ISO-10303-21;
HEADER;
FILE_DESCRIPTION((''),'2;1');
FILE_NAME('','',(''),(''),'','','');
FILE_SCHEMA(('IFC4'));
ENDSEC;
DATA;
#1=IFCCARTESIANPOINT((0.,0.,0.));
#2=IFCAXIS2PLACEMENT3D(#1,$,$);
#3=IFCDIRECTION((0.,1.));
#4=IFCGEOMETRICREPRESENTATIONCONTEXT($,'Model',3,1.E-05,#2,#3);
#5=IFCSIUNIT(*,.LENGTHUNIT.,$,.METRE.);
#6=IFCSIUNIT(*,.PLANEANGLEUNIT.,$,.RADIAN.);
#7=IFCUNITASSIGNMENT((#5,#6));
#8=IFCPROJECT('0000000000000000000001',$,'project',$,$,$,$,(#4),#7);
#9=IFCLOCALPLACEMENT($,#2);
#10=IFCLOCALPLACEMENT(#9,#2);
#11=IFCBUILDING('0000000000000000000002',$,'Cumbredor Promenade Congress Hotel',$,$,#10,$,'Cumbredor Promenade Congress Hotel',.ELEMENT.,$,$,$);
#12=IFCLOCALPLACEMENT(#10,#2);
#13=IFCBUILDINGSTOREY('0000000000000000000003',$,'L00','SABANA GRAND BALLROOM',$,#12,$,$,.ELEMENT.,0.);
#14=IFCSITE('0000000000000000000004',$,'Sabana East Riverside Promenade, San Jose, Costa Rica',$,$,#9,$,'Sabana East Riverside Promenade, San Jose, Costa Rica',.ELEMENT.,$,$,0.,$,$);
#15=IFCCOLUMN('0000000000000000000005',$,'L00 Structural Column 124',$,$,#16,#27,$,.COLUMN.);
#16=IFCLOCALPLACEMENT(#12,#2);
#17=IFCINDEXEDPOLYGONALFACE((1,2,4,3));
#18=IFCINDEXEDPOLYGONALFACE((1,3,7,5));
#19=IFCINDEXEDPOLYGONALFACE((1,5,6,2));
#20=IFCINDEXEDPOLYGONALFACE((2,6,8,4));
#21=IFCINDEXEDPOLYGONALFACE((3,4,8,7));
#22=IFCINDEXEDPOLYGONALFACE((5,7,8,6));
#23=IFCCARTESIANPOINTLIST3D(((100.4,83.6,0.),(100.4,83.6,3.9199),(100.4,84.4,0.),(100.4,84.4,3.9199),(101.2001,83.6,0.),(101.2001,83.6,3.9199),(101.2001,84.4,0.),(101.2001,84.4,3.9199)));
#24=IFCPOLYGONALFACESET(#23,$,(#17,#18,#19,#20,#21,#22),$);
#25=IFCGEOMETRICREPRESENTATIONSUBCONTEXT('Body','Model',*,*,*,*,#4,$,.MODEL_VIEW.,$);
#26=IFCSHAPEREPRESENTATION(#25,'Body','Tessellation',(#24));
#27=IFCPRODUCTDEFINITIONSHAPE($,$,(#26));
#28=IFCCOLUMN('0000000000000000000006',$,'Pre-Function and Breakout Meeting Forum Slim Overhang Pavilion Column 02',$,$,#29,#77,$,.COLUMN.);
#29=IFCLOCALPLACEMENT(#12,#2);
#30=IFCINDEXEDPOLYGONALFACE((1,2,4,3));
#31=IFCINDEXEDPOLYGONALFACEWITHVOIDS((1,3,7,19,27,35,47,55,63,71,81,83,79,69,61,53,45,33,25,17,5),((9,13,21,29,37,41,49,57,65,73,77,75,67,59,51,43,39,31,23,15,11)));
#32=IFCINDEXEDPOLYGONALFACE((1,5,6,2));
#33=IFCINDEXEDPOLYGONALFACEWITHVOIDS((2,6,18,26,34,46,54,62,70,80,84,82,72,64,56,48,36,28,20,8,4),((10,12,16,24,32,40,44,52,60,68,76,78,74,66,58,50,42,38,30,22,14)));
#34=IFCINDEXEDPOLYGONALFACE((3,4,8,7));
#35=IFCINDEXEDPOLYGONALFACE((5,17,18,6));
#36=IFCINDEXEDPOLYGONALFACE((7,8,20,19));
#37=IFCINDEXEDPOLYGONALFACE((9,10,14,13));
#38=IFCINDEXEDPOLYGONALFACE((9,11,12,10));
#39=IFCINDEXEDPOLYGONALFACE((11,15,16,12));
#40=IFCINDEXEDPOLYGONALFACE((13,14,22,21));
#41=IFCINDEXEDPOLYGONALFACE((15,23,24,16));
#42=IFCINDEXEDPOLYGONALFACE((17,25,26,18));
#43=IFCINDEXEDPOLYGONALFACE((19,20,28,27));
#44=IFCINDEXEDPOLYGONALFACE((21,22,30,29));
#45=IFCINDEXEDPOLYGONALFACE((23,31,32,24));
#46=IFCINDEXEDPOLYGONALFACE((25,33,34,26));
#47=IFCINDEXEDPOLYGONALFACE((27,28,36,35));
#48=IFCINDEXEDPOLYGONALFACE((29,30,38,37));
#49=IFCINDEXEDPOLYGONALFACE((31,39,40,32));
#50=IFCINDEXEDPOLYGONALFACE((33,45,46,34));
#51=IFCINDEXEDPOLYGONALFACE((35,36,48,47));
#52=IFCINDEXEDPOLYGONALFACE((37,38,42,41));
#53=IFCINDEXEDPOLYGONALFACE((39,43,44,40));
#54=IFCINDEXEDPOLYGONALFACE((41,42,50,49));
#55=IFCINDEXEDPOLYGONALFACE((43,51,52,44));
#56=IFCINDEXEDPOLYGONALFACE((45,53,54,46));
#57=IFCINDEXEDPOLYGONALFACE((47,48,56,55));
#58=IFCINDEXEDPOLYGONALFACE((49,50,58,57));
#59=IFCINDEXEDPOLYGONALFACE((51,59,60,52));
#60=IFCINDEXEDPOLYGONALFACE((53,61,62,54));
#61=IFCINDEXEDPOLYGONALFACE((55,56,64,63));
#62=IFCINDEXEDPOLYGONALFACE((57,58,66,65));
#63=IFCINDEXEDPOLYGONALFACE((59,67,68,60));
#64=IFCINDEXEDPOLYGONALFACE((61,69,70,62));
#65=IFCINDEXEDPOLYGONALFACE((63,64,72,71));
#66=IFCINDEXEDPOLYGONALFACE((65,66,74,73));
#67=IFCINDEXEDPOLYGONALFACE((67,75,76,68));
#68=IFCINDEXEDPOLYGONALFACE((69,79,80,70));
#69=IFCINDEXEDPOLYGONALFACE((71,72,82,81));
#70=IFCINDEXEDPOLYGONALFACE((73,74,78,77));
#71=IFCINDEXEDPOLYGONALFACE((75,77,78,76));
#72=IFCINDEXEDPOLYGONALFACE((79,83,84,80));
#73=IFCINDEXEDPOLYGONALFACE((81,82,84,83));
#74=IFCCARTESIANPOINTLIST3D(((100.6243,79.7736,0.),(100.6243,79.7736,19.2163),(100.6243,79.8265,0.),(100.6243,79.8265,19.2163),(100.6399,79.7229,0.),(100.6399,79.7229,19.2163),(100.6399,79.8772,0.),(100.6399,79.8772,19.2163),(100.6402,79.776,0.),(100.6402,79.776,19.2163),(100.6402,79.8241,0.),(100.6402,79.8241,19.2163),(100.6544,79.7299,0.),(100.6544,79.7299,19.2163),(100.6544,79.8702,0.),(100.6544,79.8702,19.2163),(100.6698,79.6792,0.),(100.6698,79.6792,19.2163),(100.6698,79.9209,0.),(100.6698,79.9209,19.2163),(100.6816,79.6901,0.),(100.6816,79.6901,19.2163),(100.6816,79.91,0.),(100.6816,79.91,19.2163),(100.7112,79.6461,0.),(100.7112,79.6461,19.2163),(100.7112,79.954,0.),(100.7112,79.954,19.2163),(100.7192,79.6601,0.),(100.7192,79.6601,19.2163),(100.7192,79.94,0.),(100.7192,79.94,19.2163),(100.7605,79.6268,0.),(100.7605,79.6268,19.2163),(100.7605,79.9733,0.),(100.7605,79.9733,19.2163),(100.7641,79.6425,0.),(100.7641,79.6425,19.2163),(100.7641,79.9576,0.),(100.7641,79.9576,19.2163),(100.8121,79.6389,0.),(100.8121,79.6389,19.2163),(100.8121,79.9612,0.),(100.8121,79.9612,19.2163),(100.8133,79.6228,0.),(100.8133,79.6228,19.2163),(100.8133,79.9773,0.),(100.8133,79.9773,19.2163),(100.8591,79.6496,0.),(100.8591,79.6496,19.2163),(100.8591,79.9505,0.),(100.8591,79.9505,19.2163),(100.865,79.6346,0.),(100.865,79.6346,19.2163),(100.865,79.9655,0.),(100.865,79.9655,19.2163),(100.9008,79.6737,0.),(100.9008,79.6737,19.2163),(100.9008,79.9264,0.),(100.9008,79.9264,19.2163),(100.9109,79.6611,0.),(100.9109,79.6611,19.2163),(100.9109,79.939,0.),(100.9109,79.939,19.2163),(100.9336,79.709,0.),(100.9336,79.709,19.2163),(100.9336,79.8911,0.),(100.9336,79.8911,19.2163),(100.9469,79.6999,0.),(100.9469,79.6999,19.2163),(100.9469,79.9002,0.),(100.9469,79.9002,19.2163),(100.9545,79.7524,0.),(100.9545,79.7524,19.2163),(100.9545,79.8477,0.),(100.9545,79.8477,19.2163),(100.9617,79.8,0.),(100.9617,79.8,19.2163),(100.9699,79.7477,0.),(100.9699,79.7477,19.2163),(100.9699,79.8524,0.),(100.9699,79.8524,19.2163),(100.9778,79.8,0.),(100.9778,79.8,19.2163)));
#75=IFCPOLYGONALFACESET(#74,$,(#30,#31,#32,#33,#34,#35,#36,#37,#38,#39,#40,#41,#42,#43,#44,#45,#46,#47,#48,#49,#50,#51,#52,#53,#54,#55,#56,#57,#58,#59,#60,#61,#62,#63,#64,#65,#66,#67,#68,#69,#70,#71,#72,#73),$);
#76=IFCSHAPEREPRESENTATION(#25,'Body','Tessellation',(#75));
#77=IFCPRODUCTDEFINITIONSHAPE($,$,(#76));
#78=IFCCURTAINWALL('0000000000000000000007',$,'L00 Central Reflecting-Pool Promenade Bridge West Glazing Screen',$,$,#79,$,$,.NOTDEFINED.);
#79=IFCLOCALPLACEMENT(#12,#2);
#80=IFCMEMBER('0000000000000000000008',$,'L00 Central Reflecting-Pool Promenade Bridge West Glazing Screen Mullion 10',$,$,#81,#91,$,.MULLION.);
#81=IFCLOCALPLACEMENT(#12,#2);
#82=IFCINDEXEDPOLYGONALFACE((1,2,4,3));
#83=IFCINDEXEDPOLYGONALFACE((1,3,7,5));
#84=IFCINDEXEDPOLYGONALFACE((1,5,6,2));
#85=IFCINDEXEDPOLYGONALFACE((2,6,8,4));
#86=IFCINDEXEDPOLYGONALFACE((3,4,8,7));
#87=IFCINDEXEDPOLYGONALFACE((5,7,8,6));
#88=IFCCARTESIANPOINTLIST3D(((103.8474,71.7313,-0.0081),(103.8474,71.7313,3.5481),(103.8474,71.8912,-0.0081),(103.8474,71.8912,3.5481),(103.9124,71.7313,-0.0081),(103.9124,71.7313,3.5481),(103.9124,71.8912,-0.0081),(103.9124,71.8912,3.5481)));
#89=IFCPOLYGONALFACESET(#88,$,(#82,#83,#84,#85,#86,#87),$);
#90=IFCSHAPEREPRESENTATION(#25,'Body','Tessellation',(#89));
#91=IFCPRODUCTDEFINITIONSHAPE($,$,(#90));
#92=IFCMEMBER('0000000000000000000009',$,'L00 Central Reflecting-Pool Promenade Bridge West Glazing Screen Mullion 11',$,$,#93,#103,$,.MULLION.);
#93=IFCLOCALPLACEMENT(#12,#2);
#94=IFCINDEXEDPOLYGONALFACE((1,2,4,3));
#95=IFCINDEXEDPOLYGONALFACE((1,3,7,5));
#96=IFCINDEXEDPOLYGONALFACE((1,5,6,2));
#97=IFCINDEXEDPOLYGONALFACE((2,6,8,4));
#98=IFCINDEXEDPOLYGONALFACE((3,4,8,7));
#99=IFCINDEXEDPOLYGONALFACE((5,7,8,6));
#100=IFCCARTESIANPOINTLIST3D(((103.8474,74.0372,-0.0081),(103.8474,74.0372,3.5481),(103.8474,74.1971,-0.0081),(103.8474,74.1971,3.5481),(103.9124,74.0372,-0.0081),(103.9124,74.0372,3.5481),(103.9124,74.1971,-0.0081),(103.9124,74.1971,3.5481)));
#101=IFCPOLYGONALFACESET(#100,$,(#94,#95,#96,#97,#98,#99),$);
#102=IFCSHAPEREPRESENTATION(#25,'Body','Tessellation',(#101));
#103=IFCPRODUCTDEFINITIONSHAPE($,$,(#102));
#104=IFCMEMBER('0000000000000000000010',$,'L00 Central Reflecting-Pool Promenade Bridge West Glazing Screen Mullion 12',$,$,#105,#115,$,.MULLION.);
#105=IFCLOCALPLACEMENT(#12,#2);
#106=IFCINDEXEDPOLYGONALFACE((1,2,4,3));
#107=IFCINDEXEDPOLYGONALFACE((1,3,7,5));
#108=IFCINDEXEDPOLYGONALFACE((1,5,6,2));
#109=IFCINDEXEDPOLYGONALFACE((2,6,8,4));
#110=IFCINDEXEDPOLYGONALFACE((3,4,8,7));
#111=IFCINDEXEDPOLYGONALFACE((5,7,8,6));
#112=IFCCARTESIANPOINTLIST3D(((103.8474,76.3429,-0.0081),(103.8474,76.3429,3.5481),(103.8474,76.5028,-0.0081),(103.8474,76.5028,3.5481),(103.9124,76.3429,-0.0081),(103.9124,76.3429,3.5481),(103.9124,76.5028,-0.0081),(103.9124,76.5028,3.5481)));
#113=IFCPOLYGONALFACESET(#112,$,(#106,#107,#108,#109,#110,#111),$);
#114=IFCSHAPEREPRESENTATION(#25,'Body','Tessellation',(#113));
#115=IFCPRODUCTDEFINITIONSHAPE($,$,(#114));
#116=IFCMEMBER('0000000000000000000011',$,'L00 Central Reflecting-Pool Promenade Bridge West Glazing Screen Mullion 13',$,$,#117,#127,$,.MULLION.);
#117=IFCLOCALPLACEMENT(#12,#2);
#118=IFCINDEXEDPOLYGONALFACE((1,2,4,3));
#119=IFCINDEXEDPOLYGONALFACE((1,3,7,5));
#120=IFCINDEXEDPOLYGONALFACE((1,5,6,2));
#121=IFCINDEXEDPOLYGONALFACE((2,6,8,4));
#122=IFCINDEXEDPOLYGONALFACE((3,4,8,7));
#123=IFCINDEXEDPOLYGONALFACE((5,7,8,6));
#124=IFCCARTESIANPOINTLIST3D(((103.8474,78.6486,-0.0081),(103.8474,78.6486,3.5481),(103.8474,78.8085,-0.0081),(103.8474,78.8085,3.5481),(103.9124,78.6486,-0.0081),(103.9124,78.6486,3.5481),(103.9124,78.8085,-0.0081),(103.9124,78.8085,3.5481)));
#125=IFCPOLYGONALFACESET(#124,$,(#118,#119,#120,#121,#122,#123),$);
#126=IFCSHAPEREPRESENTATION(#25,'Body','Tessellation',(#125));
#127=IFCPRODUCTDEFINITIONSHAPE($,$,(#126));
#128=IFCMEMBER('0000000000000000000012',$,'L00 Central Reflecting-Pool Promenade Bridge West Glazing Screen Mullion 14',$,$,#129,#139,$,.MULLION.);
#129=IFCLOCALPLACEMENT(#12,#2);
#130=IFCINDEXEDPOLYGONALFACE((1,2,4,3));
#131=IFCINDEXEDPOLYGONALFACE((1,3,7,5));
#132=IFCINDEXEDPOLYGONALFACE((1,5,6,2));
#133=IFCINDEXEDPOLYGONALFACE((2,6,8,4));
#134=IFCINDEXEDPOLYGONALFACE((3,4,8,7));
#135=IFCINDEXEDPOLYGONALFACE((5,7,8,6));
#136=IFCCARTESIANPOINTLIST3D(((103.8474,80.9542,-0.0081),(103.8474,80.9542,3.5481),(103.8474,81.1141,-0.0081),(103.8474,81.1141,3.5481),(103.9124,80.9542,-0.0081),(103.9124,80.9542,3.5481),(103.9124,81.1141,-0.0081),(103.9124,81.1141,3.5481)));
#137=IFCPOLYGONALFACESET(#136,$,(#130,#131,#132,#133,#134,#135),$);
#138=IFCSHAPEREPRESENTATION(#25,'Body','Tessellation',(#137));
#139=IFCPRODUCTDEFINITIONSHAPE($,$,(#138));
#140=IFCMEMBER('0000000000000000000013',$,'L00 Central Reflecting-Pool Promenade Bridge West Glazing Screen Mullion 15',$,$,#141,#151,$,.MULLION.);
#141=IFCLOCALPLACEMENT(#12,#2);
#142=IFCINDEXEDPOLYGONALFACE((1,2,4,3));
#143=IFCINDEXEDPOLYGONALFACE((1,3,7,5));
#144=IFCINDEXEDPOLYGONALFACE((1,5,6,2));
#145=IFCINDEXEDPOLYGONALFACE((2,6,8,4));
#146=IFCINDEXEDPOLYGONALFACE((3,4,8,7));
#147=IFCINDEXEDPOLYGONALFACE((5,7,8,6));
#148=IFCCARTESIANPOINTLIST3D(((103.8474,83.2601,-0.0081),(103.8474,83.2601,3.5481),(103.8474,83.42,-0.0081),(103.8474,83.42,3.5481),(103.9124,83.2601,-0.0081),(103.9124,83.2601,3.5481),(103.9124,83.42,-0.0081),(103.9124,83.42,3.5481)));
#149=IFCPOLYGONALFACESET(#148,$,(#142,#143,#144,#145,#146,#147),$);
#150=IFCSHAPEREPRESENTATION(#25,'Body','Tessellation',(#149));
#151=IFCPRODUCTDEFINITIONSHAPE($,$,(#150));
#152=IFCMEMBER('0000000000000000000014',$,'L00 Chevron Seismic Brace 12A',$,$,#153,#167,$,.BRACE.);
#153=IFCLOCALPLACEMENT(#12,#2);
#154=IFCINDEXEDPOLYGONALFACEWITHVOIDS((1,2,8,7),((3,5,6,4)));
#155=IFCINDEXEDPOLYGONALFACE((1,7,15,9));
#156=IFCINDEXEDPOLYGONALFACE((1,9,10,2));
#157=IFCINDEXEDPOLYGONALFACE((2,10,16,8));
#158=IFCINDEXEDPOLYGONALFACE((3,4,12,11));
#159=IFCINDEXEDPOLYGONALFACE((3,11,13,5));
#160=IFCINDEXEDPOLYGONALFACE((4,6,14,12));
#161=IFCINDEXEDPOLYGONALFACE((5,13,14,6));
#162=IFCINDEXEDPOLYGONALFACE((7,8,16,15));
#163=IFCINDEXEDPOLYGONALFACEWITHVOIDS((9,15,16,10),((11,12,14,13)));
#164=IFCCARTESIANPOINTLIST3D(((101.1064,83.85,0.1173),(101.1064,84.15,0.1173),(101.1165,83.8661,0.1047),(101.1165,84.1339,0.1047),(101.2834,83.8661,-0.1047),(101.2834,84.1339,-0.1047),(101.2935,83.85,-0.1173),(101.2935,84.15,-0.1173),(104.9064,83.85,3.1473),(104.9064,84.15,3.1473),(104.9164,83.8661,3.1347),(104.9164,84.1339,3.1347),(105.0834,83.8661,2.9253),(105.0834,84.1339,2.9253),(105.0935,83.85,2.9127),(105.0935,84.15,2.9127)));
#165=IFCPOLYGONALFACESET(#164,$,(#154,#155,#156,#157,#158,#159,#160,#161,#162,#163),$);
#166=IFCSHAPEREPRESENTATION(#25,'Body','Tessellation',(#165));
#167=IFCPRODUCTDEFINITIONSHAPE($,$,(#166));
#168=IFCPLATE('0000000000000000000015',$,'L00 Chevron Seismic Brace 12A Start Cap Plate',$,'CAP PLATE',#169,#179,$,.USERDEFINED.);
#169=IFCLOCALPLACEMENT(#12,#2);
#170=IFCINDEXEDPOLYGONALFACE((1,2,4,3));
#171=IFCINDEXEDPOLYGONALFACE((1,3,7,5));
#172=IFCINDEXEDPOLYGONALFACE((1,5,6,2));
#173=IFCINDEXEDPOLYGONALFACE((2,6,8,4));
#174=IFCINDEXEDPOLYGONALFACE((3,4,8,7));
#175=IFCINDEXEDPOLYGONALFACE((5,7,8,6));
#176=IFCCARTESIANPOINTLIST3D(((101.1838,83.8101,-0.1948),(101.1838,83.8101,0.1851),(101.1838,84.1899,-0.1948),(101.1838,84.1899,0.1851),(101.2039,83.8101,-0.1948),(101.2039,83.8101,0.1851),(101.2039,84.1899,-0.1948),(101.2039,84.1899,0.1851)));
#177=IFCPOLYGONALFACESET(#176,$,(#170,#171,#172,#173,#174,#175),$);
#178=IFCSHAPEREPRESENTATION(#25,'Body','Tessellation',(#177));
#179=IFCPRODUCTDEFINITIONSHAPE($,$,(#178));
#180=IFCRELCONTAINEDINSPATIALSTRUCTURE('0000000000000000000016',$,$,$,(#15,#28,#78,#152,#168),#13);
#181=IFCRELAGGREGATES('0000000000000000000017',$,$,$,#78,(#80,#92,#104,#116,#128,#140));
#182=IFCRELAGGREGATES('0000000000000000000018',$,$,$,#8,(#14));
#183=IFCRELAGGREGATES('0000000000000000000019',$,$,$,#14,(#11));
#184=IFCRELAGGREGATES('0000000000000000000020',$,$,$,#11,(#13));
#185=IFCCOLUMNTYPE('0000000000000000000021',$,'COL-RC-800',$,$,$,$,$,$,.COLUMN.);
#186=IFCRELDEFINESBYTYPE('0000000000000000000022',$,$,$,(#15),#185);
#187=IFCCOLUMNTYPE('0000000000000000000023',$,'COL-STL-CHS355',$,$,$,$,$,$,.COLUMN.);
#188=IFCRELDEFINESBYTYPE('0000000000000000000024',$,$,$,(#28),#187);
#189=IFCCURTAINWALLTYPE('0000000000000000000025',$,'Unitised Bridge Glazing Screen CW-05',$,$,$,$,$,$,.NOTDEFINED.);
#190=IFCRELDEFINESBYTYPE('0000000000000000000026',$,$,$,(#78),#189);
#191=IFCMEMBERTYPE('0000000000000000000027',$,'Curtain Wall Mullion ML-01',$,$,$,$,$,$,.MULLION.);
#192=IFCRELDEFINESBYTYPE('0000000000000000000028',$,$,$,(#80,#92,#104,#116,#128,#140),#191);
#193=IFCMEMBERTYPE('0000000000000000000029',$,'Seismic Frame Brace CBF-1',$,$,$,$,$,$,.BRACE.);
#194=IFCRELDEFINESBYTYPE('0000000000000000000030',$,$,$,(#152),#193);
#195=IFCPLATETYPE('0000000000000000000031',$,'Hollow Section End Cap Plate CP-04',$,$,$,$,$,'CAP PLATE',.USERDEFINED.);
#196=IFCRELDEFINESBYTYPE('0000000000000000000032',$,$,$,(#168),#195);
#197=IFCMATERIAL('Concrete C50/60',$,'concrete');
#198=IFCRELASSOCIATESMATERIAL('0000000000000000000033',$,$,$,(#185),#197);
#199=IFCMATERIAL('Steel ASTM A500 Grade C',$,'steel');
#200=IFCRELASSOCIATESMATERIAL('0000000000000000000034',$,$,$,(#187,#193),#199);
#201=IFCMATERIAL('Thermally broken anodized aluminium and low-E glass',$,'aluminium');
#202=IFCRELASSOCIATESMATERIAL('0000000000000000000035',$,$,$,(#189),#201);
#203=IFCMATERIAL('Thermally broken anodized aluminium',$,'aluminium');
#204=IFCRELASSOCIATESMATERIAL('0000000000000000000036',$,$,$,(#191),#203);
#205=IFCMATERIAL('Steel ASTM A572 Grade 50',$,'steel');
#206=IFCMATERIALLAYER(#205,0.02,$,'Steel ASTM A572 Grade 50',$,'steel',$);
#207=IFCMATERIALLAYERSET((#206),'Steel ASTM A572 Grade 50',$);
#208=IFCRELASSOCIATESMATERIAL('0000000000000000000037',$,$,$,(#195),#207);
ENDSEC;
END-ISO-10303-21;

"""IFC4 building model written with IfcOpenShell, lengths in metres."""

from ifc_helpers import new_model, si_unit, direction, frame, origin, origin_2d, place, context, subcontext, project, spatial, rectangle, hollow_rectangle, hollow_circle, extrude, material, layer, layer_set, material_profile, profile_set, type_object, element, aggregate, save


model = new_model("IFC4")

# Units and contexts
model_context = context("Model", 3, precision=1e-05, world=origin(), true_north=direction((0.0, 1.0)))
body_context = subcontext(model_context, "Body", "Model", "MODEL_VIEW")
ifc_project = project(units=[si_unit("LENGTHUNIT", "METRE"), si_unit("PLANEANGLEUNIT", "RADIAN")], contexts=[model_context])

# Site, building, storey
site_placement = place(None, origin())
site = spatial("IfcSite", under=ifc_project, at=site_placement, Name="Sabana East Riverside Promenade, San Jose, Costa Rica", LongName="Sabana East Riverside Promenade, San Jose, Costa Rica", CompositionType="ELEMENT", RefElevation=0.0)
building_placement = place(site_placement, origin())
building = spatial("IfcBuilding", under=site, at=building_placement, Name="Cumbredor Promenade Congress Hotel", LongName="Cumbredor Promenade Congress Hotel", CompositionType="ELEMENT")
storey_placement = place(building_placement, origin())
storey = spatial("IfcBuildingStorey", under=building, at=storey_placement, Name="L00", Description="SABANA GRAND BALLROOM", CompositionType="ELEMENT", Elevation=0.0)

# Columns
ifc_material_1 = material(Name="Concrete C50/60", Category="concrete")
ifc_material_profile_1 = material_profile(ifc_material_1, rectangle(XDim=0.8, YDim=0.8, at=origin_2d()), Name="RC 800x800")
ifc_profile_set_1 = profile_set([ifc_material_profile_1], Name="Concrete C50/60")
column_type_1 = type_object("IfcColumnType", Name="COL-RC-800", PredefinedType="COLUMN", material=ifc_profile_set_1)
column_1_placement = place(storey_placement, frame((100.8, 84.0, 0.0), z_axis=(0.0, 0.0, 1.0), x_axis=(1.0, 0.0, 0.0)))
element("IfcColumn", 1, at=column_1_placement, inside=storey, type_object=column_type_1, Name="L00 Structural Column 124", PredefinedType="COLUMN", context=body_context, shape_type="SweptSolid", body=[
    extrude(rectangle(XDim=0.8, YDim=0.8, at=origin_2d()), origin(), (0.0, 0.0, 1.0), 3.9199),
])
ifc_material_2 = material(Name="Steel ASTM A500 Grade C", Category="steel")
ifc_material_profile_2 = material_profile(ifc_material_2, hollow_circle(Radius=0.1777, WallThickness=0.0161, at=origin_2d()), Name="CHS 355.6x16")
ifc_profile_set_2 = profile_set([ifc_material_profile_2], Name="Steel ASTM A500 Grade C")
column_type_2 = type_object("IfcColumnType", Name="COL-STL-CHS355", PredefinedType="COLUMN", material=ifc_profile_set_2)
column_2_placement = place(storey_placement, frame((100.8, 79.8, 0.0), z_axis=(0.0, 0.0, 1.0), x_axis=(1.0, 0.0, 0.0)))
element("IfcColumn", 2, at=column_2_placement, inside=storey, type_object=column_type_2, Name="Pre-Function and Breakout Meeting Forum Slim Overhang Pavilion Column 02", PredefinedType="COLUMN", context=body_context, shape_type="SweptSolid", body=[
    extrude(hollow_circle(Radius=0.1777, WallThickness=0.0161, at=origin_2d()), origin(), (0.0, 0.0, 1.0), 19.2163),
])

# Curtain wall, members
ifc_material_3 = material(Name="Thermally broken anodized aluminium and low-E glass", Category="aluminium")
curtain_wall_type = type_object("IfcCurtainWallType", Name="Unitised Bridge Glazing Screen CW-05", PredefinedType="NOTDEFINED", material=ifc_material_3)
curtain_wall_placement = place(storey_placement, origin())
curtain_wall = element("IfcCurtainWall", 3, at=curtain_wall_placement, inside=storey, type_object=curtain_wall_type, Name="L00 Central Reflecting-Pool Promenade Bridge West Glazing Screen", PredefinedType="NOTDEFINED")
ifc_material_4 = material(Name="Thermally broken anodized aluminium", Category="aluminium")
ifc_material_profile_3 = material_profile(ifc_material_4, rectangle(XDim=0.0649, YDim=0.1599, at=origin_2d()), Name="ALU MULLION 65x160")
ifc_profile_set_3 = profile_set([ifc_material_profile_3], Name="Thermally broken anodized aluminium")
member_type_1 = type_object("IfcMemberType", Name="Curtain Wall Mullion ML-01", PredefinedType="MULLION", material=ifc_profile_set_3)
member_1_placement = place(storey_placement, frame((103.8799, 71.8113, -0.0081), z_axis=(0.0, 0.0, 1.0), x_axis=(1.0, 0.0, 0.0)))
member_1 = element("IfcMember", 4, at=member_1_placement, type_object=member_type_1, Name="L00 Central Reflecting-Pool Promenade Bridge West Glazing Screen Mullion 10", PredefinedType="MULLION", context=body_context, shape_type="SweptSolid", body=[
    extrude(rectangle(XDim=0.0649, YDim=0.1599, at=origin_2d()), origin(), (0.0, 0.0, 1.0), 3.5562),
])
member_2_placement = place(storey_placement, frame((103.8799, 74.1172, -0.0081), z_axis=(0.0, 0.0, 1.0), x_axis=(1.0, 0.0, 0.0)))
member_2 = element("IfcMember", 5, at=member_2_placement, type_object=member_type_1, Name="L00 Central Reflecting-Pool Promenade Bridge West Glazing Screen Mullion 11", PredefinedType="MULLION", context=body_context, shape_type="SweptSolid", body=[
    extrude(rectangle(XDim=0.0649, YDim=0.1599, at=origin_2d()), origin(), (0.0, 0.0, 1.0), 3.5562),
])
member_3_placement = place(storey_placement, frame((103.8799, 76.4229, -0.0081), z_axis=(0.0, 0.0, 1.0), x_axis=(1.0, 0.0, 0.0)))
member_3 = element("IfcMember", 6, at=member_3_placement, type_object=member_type_1, Name="L00 Central Reflecting-Pool Promenade Bridge West Glazing Screen Mullion 12", PredefinedType="MULLION", context=body_context, shape_type="SweptSolid", body=[
    extrude(rectangle(XDim=0.0649, YDim=0.1599, at=origin_2d()), origin(), (0.0, 0.0, 1.0), 3.5562),
])
member_4_placement = place(storey_placement, frame((103.8799, 78.7285, -0.0081), z_axis=(0.0, 0.0, 1.0), x_axis=(1.0, 0.0, 0.0)))
member_4 = element("IfcMember", 7, at=member_4_placement, type_object=member_type_1, Name="L00 Central Reflecting-Pool Promenade Bridge West Glazing Screen Mullion 13", PredefinedType="MULLION", context=body_context, shape_type="SweptSolid", body=[
    extrude(rectangle(XDim=0.0649, YDim=0.1599, at=origin_2d()), origin(), (0.0, 0.0, 1.0), 3.5562),
])
member_5_placement = place(storey_placement, frame((103.8799, 81.0342, -0.0081), z_axis=(0.0, 0.0, 1.0), x_axis=(1.0, 0.0, 0.0)))
member_5 = element("IfcMember", 8, at=member_5_placement, type_object=member_type_1, Name="L00 Central Reflecting-Pool Promenade Bridge West Glazing Screen Mullion 14", PredefinedType="MULLION", context=body_context, shape_type="SweptSolid", body=[
    extrude(rectangle(XDim=0.0649, YDim=0.1599, at=origin_2d()), origin(), (0.0, 0.0, 1.0), 3.5562),
])
member_6_placement = place(storey_placement, frame((103.8799, 83.3401, -0.0081), z_axis=(0.0, 0.0, 1.0), x_axis=(1.0, 0.0, 0.0)))
member_6 = element("IfcMember", 9, at=member_6_placement, type_object=member_type_1, Name="L00 Central Reflecting-Pool Promenade Bridge West Glazing Screen Mullion 15", PredefinedType="MULLION", context=body_context, shape_type="SweptSolid", body=[
    extrude(rectangle(XDim=0.0649, YDim=0.1599, at=origin_2d()), origin(), (0.0, 0.0, 1.0), 3.5562),
])
aggregate(curtain_wall, [member_1, member_2, member_3, member_4, member_5, member_6])

# Member
ifc_material_profile_4 = material_profile(ifc_material_2, hollow_rectangle(XDim=0.3, YDim=0.3, WallThickness=0.0161, at=origin_2d()), Name="HSS 300x300x16")
ifc_profile_set_4 = profile_set([ifc_material_profile_4], Name="Steel ASTM A500 Grade C")
member_type_2 = type_object("IfcMemberType", Name="Seismic Frame Brace CBF-1", PredefinedType="BRACE", material=ifc_profile_set_4)
member_7_placement = place(storey_placement, frame((101.2, 84.0, 0.0), z_axis=(0.781872, 0.0, 0.623438), x_axis=(0.0, 1.0, 0.0)))
element("IfcMember", 10, at=member_7_placement, inside=storey, type_object=member_type_2, Name="L00 Chevron Seismic Brace 12A", PredefinedType="BRACE", context=body_context, shape_type="SweptSolid", body=[
    extrude(hollow_rectangle(XDim=0.3, YDim=0.3, WallThickness=0.0161, at=origin_2d()), origin(), (0.0, 0.0, 1.0), 4.8601),
])

# Plate
ifc_material_5 = material(Name="Steel ASTM A572 Grade 50", Category="steel")
ifc_layer_1 = layer(ifc_material_5, 0.02, Name="Steel ASTM A572 Grade 50", Category="steel")
ifc_layer_set_1 = layer_set([ifc_layer_1], Name="Steel ASTM A572 Grade 50")
plate_type_1 = type_object("IfcPlateType", Name="Hollow Section End Cap Plate CP-04", ElementType="CAP PLATE", PredefinedType="USERDEFINED", material=ifc_layer_set_1)
plate_1_placement = place(storey_placement, frame((101.1938, 84.0, -0.1948), z_axis=(0.0, 0.0, 1.0), x_axis=(1.0, 0.0, 0.0)))
element("IfcPlate", 11, at=plate_1_placement, inside=storey, type_object=plate_type_1, Name="L00 Chevron Seismic Brace 12A Start Cap Plate", ObjectType="CAP PLATE", PredefinedType="USERDEFINED", context=body_context, shape_type="SweptSolid", body=[
    extrude(rectangle(XDim=0.02, YDim=0.3799, at=origin_2d()), origin(), (0.0, 0.0, 1.0), 0.3799),
])

save(model, "model.ifc")
